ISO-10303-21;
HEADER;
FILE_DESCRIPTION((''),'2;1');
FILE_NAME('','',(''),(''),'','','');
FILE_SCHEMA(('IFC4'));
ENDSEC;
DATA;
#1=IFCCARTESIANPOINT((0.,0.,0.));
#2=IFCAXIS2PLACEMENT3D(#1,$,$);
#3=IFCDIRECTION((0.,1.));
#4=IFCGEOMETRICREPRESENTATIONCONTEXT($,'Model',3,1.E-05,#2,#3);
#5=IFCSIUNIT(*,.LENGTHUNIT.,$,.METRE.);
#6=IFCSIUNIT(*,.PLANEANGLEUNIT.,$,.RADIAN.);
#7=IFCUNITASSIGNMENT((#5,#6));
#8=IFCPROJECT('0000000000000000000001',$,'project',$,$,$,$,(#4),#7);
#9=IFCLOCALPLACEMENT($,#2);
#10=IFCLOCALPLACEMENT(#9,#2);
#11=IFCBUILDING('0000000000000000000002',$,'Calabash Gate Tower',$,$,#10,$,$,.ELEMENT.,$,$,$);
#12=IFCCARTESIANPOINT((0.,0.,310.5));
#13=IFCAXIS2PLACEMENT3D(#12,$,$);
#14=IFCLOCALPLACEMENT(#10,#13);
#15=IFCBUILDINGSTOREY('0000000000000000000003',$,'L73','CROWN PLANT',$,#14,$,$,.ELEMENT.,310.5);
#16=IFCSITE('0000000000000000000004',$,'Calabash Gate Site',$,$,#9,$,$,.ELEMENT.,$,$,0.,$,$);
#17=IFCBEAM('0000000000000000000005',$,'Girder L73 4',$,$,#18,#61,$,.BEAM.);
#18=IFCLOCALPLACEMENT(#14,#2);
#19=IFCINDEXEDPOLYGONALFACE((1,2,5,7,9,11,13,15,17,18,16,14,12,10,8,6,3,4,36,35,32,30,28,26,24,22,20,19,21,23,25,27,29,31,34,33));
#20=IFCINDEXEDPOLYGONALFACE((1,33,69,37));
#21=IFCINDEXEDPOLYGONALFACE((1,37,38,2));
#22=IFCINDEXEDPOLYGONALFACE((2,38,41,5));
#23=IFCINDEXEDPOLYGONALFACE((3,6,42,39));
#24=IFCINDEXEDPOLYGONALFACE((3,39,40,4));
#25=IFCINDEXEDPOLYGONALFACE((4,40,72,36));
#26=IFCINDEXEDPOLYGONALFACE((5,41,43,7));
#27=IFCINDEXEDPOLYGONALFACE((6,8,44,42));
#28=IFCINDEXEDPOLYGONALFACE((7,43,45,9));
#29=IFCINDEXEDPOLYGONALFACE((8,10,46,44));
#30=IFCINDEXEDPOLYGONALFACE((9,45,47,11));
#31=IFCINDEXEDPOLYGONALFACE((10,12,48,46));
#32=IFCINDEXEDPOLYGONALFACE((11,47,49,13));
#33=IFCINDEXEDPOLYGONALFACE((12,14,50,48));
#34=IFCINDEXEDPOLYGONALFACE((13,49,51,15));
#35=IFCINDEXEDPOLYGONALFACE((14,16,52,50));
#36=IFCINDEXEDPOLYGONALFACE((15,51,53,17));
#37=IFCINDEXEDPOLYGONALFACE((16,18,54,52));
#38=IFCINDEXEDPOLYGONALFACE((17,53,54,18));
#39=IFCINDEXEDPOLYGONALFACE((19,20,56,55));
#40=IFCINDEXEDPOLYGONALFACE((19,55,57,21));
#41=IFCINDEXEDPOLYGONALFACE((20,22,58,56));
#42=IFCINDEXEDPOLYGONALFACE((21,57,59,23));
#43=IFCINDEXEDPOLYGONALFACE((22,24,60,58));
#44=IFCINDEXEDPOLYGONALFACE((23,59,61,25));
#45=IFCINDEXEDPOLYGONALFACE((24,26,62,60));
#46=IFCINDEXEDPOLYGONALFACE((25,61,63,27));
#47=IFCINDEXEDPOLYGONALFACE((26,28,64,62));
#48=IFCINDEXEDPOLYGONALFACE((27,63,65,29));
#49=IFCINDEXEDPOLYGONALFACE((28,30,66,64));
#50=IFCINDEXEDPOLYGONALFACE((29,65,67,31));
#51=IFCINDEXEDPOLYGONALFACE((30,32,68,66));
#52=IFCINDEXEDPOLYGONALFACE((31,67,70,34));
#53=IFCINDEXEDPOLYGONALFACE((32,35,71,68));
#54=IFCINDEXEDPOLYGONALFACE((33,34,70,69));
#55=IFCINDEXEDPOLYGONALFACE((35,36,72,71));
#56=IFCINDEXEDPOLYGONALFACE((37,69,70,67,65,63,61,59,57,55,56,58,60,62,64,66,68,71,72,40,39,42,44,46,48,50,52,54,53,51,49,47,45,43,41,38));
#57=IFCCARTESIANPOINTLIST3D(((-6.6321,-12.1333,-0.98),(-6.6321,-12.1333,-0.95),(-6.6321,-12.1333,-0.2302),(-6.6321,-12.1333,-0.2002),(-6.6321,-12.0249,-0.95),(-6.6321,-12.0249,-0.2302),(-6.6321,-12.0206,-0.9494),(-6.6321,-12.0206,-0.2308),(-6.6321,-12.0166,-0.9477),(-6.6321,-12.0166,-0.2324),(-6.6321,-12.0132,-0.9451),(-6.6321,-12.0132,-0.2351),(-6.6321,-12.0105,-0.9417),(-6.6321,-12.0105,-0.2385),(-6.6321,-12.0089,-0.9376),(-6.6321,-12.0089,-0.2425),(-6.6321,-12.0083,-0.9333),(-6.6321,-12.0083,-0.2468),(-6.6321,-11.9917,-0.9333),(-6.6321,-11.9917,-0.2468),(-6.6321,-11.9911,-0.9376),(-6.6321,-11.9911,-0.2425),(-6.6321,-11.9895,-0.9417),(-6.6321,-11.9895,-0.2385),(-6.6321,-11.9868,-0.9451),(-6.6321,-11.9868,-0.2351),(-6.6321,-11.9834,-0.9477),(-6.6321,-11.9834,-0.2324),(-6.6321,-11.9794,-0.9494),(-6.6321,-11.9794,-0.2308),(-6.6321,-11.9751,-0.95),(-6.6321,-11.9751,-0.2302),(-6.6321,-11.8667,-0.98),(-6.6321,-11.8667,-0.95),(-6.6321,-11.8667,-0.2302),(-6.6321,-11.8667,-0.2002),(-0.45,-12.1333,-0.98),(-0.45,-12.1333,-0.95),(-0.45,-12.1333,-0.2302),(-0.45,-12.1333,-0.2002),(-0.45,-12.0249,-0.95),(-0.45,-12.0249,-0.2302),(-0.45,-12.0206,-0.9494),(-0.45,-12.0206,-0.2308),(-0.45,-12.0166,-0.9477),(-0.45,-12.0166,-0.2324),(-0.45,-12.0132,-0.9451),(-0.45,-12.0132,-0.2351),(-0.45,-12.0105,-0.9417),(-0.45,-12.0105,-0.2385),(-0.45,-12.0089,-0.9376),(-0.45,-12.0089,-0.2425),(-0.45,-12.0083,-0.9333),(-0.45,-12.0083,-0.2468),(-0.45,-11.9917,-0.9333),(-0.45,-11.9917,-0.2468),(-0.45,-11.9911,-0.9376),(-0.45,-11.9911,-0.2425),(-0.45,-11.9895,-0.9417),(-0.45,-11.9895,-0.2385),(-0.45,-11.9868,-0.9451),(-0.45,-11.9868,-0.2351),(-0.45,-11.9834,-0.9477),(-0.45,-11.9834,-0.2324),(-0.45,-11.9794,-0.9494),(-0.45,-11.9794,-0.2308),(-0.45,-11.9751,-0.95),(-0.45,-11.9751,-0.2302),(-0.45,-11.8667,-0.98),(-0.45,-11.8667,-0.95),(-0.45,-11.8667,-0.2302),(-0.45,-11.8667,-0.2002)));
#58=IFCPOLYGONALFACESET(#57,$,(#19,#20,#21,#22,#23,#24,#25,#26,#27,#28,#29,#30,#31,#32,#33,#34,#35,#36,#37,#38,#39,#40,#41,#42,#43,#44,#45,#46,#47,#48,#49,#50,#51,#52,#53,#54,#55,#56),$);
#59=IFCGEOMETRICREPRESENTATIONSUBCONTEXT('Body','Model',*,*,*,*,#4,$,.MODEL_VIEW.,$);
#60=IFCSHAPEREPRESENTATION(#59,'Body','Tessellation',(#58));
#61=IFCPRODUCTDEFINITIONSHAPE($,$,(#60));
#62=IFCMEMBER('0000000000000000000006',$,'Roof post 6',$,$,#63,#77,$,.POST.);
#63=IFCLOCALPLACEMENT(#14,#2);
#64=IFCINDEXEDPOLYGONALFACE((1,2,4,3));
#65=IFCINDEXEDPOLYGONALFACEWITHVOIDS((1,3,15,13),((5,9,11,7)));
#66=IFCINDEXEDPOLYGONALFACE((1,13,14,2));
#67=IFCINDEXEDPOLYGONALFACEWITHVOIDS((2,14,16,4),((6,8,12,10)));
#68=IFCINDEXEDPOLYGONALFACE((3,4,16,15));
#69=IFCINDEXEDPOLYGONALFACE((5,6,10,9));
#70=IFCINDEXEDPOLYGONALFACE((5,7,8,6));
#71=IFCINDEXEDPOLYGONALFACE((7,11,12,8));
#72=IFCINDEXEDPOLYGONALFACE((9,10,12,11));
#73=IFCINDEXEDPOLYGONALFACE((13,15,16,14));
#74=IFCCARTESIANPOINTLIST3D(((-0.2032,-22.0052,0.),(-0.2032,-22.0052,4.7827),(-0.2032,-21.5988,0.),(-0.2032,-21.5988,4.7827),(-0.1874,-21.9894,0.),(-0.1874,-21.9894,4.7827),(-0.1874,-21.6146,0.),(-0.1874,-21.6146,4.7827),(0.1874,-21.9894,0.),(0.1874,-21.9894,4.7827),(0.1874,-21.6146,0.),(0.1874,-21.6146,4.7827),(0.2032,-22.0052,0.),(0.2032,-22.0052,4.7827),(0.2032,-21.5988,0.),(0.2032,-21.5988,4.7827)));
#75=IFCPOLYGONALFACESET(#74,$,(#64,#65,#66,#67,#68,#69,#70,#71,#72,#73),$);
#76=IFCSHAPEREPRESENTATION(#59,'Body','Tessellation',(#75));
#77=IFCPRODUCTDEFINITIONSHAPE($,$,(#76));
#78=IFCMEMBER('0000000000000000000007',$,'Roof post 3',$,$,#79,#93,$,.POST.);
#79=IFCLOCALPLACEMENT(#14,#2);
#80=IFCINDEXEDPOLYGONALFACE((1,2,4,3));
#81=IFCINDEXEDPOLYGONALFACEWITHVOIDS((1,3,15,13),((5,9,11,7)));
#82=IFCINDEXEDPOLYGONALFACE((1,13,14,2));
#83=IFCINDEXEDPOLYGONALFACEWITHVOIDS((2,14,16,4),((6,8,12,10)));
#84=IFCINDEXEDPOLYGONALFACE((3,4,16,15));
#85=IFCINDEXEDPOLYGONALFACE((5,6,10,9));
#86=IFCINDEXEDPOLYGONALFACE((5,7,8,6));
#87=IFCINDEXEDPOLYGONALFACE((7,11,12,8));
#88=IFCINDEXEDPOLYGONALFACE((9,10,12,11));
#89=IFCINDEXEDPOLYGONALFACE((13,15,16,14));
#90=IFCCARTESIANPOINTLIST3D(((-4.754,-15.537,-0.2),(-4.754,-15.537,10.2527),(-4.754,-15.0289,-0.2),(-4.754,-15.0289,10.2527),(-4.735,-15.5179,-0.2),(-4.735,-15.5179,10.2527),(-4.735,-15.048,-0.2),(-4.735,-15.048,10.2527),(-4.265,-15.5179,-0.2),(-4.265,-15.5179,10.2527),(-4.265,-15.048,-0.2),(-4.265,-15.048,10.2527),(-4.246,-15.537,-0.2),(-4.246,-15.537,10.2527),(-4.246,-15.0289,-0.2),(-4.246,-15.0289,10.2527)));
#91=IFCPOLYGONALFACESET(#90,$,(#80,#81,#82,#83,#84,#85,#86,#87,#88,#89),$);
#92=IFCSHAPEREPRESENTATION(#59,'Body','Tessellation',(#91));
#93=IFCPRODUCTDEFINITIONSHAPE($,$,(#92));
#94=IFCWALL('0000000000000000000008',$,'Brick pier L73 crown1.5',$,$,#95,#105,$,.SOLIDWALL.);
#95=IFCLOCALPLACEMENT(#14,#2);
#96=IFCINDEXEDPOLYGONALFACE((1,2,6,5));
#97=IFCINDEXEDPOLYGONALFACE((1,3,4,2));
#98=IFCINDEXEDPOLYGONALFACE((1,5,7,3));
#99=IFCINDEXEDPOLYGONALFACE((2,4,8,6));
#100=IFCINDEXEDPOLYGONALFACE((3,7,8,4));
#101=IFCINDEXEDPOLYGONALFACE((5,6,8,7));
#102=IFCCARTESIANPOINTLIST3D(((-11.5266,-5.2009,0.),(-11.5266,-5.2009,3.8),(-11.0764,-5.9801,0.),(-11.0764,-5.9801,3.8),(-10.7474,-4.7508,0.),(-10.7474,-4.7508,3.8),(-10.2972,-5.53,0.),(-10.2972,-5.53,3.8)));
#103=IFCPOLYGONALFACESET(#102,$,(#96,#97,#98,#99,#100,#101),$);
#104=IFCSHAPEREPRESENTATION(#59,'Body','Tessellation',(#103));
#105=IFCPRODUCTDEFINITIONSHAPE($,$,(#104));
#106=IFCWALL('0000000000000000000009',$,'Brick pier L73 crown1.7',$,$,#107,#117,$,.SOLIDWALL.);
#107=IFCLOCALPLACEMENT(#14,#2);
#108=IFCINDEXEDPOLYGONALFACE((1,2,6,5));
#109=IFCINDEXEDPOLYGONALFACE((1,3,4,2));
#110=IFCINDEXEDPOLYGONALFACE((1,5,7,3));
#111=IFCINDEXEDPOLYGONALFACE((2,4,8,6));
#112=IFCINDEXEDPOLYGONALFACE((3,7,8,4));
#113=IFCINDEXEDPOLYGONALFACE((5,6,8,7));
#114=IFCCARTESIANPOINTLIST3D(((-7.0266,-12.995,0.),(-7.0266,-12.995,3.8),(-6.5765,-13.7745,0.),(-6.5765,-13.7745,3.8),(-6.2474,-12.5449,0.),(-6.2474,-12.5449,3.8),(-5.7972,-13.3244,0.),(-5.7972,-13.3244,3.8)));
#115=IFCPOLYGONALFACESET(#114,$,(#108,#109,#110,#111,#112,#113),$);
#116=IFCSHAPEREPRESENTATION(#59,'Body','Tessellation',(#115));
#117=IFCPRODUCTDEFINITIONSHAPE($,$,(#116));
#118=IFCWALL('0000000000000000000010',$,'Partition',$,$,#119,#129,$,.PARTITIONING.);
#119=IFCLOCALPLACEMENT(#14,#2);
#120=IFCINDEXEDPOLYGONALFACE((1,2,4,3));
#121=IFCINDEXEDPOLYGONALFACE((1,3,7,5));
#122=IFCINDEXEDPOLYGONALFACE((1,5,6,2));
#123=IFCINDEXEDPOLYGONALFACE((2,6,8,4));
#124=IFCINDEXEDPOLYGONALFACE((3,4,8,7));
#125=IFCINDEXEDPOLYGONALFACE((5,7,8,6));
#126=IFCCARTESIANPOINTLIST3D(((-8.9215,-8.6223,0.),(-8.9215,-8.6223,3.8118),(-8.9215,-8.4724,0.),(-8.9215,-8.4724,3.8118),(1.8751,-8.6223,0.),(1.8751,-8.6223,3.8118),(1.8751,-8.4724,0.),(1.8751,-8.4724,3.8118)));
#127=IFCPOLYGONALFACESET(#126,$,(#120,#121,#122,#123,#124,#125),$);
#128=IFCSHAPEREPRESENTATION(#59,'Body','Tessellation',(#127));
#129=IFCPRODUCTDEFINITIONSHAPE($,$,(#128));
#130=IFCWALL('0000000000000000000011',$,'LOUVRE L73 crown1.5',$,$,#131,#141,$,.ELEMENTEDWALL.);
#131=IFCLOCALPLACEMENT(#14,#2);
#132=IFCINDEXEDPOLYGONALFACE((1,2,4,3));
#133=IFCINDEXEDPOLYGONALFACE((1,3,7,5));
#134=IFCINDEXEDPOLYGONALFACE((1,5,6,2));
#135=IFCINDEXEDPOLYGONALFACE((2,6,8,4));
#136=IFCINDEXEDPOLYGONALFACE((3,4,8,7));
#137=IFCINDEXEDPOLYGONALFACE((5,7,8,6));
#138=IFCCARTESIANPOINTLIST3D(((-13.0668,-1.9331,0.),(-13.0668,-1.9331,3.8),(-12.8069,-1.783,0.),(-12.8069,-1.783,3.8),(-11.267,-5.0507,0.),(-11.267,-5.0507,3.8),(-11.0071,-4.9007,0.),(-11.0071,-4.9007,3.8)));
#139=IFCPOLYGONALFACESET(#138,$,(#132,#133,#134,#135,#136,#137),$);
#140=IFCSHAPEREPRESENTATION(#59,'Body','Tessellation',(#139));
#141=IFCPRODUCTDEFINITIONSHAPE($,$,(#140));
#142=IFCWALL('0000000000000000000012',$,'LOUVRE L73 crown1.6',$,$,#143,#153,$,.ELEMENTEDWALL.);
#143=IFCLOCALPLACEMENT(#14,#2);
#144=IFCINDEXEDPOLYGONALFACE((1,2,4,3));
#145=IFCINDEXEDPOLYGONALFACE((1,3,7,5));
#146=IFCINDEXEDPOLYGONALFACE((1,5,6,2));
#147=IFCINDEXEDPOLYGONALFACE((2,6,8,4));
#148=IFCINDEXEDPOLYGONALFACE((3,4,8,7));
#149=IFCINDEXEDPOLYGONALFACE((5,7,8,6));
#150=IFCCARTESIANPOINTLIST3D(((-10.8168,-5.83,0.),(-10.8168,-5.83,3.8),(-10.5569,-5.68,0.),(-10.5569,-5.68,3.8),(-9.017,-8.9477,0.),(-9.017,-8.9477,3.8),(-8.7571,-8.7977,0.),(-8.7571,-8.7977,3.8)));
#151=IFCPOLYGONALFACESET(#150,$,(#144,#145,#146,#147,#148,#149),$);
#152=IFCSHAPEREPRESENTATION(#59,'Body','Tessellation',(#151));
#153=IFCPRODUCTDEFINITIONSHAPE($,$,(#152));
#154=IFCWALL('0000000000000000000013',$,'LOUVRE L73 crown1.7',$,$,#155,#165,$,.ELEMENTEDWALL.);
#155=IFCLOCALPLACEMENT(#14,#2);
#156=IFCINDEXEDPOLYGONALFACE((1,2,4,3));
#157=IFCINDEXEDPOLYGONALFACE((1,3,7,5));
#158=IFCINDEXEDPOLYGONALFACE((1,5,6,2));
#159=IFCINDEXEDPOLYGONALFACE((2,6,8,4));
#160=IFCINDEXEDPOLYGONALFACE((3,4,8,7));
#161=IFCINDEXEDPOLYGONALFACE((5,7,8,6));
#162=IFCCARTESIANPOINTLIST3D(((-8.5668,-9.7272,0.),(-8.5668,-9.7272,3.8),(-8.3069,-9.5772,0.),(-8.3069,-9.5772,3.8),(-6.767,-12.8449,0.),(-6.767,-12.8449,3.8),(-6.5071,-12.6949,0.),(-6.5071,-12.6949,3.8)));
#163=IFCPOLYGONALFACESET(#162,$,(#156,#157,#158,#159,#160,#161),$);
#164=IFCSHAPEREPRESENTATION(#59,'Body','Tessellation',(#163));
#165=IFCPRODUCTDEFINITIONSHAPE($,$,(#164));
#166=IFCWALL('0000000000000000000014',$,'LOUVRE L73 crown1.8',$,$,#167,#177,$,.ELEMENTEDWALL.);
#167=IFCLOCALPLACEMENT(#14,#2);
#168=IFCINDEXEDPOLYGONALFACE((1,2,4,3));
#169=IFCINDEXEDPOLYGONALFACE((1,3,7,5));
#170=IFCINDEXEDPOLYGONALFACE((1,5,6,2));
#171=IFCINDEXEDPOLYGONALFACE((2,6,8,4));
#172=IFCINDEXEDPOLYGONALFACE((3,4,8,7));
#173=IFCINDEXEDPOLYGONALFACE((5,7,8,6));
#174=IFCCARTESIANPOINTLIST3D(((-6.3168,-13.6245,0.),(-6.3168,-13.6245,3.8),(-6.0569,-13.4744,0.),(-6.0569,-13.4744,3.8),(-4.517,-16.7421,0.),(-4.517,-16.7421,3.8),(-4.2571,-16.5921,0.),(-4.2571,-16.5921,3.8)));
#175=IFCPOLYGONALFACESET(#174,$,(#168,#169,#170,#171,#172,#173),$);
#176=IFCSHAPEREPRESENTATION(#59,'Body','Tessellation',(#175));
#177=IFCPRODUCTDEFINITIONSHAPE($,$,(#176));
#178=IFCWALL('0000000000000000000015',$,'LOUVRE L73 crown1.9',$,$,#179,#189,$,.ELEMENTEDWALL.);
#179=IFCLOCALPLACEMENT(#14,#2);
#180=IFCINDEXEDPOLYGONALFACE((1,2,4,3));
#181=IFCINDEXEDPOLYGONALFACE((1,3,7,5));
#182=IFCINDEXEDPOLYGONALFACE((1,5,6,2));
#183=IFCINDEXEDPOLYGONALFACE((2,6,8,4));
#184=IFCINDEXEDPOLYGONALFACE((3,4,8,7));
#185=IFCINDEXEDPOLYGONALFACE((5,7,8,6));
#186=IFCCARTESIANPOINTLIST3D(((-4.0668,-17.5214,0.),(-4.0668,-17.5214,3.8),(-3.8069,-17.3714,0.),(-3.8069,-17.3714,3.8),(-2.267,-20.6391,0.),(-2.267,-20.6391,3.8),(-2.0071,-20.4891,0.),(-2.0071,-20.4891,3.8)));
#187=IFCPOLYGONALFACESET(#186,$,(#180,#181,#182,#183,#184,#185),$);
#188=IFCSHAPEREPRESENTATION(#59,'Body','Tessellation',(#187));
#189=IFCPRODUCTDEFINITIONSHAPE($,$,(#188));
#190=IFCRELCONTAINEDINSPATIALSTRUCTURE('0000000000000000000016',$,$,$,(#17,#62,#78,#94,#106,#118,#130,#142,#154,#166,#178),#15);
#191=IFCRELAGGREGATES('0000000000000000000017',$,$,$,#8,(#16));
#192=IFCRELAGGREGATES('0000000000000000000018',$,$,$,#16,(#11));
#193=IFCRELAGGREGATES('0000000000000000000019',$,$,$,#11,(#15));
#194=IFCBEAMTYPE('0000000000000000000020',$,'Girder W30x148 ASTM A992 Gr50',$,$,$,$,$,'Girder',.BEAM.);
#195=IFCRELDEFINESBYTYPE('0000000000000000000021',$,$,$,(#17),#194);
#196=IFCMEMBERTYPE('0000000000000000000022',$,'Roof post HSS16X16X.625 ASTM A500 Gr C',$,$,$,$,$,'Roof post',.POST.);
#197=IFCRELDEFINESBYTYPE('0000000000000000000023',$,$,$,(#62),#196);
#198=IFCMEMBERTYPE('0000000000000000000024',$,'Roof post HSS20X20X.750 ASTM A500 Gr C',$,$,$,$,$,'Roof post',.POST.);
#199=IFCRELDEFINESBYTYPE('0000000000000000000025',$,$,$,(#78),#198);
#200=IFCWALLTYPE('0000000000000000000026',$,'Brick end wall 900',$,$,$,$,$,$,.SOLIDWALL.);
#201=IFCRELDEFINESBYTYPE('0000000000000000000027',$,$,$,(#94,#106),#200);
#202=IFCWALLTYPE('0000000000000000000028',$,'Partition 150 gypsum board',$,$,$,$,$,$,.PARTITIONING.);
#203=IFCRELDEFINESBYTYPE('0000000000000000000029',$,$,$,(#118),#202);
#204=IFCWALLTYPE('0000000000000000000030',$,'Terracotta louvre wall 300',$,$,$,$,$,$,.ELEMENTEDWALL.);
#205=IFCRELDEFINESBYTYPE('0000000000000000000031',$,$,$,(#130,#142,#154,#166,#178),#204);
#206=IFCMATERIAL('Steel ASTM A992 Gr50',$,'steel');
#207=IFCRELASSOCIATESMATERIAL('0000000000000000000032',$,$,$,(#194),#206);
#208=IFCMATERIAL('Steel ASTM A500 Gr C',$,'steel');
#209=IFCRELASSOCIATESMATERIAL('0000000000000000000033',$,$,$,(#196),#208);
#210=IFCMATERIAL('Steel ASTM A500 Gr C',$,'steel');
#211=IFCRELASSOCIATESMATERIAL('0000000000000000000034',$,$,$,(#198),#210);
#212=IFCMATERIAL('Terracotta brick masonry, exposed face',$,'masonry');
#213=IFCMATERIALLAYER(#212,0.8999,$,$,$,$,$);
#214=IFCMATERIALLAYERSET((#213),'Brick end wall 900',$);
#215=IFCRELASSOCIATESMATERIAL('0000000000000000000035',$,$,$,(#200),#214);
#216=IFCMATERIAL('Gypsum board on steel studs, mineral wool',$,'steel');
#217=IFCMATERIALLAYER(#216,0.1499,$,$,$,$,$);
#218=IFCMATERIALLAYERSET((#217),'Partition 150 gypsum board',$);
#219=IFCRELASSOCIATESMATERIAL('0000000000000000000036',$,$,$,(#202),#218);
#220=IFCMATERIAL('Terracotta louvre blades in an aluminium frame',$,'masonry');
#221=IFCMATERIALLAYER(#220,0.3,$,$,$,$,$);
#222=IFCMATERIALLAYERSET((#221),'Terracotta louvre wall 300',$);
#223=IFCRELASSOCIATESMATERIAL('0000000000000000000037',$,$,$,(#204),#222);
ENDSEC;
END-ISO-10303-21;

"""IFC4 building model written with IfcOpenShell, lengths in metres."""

from ifc_helpers import new_model, si_unit, direction, frame, frame_2d, origin, origin_2d, place, context, subcontext, project, spatial, rectangle, hollow_rectangle, i_section, extrude, material, layer, layer_set, material_profile, profile_set, type_object, element, save


model = new_model("IFC4")

# Units and contexts
model_context = context("Model", 3, precision=1e-05, world=origin(), true_north=direction((0.0, 1.0)))
body_context = subcontext(model_context, "Body", "Model", "MODEL_VIEW")
ifc_project = project(units=[si_unit("LENGTHUNIT", "METRE"), si_unit("PLANEANGLEUNIT", "RADIAN")], contexts=[model_context])

# Site, building, storey
site_placement = place(None, origin())
site = spatial("IfcSite", under=ifc_project, at=site_placement, Name="Calabash Gate Site", CompositionType="ELEMENT", RefElevation=0.0)
building_placement = place(site_placement, origin())
building = spatial("IfcBuilding", under=site, at=building_placement, Name="Calabash Gate Tower", CompositionType="ELEMENT")
storey_placement = place(building_placement, frame((0.0, 0.0, 310.5)))
storey = spatial("IfcBuildingStorey", under=building, at=storey_placement, Name="L73", Description="CROWN PLANT", CompositionType="ELEMENT", Elevation=310.5)

# Beam
ifc_material_1 = material(Name="Steel ASTM A992 Gr50", Category="steel")
ifc_material_profile_1 = material_profile(ifc_material_1, i_section(OverallWidth=0.2666, OverallDepth=0.7798, WebThickness=0.0166, FlangeThickness=0.03, FilletRadius=0.0166, at=origin_2d()))
ifc_profile_set_1 = profile_set([ifc_material_profile_1], Name="Steel ASTM A992 Gr50")
beam_type_1 = type_object("IfcBeamType", Name="Girder W30x148 ASTM A992 Gr50", ElementType="Girder", PredefinedType="BEAM", material=ifc_profile_set_1)
beam_1_placement = place(storey_placement, frame((-6.6321, -12.0, -0.5901), z_axis=(1.0, 0.0, 0.0), x_axis=(0.0, 1.0, 0.0)))
element("IfcBeam", 1, at=beam_1_placement, inside=storey, type_object=beam_type_1, Name="Girder L73 4", PredefinedType="BEAM", context=body_context, shape_type="SweptSolid", body=[
    extrude(i_section(OverallWidth=0.2666, OverallDepth=0.7798, WebThickness=0.0166, FlangeThickness=0.03, FilletRadius=0.0166, at=origin_2d()), origin(), (0.0, 0.0, 1.0), 6.1821),
])

# Members
ifc_material_2 = material(Name="Steel ASTM A500 Gr C", Category="steel")
ifc_material_profile_2 = material_profile(ifc_material_2, hollow_rectangle(XDim=0.4065, YDim=0.4065, WallThickness=0.0159, at=origin_2d()))
ifc_profile_set_2 = profile_set([ifc_material_profile_2], Name="Steel ASTM A500 Gr C")
member_type_1 = type_object("IfcMemberType", Name="Roof post HSS16X16X.625 ASTM A500 Gr C", ElementType="Roof post", PredefinedType="POST", material=ifc_profile_set_2)
member_1_placement = place(storey_placement, frame((0.0, -21.802, 0.0), z_axis=(0.0, 0.0, 1.0), x_axis=(1.0, 0.0, 0.0)))
element("IfcMember", 2, at=member_1_placement, inside=storey, type_object=member_type_1, Name="Roof post 6", PredefinedType="POST", context=body_context, shape_type="SweptSolid", body=[
    extrude(hollow_rectangle(XDim=0.4065, YDim=0.4065, WallThickness=0.0159, at=origin_2d()), origin(), (0.0, 0.0, 1.0), 4.7827),
])
ifc_material_3 = material(Name="Steel ASTM A500 Gr C", Category="steel")
ifc_material_profile_3 = material_profile(ifc_material_3, hollow_rectangle(XDim=0.5081, YDim=0.5081, WallThickness=0.019, at=origin_2d()))
ifc_profile_set_3 = profile_set([ifc_material_profile_3], Name="Steel ASTM A500 Gr C")
member_type_2 = type_object("IfcMemberType", Name="Roof post HSS20X20X.750 ASTM A500 Gr C", ElementType="Roof post", PredefinedType="POST", material=ifc_profile_set_3)
member_2_placement = place(storey_placement, frame((-4.5, -15.283, -0.2), z_axis=(0.0, 0.0, 1.0), x_axis=(1.0, 0.0, 0.0)))
element("IfcMember", 3, at=member_2_placement, inside=storey, type_object=member_type_2, Name="Roof post 3", PredefinedType="POST", context=body_context, shape_type="SweptSolid", body=[
    extrude(hollow_rectangle(XDim=0.5081, YDim=0.5081, WallThickness=0.019, at=origin_2d()), origin(), (0.0, 0.0, 1.0), 10.4526),
])

# Walls
ifc_material_4 = material(Name="Terracotta brick masonry, exposed face", Category="masonry")
ifc_layer_1 = layer(ifc_material_4, 0.8999)
ifc_layer_set_1 = layer_set([ifc_layer_1], Name="Brick end wall 900")
wall_type_1 = type_object("IfcWallType", Name="Brick end wall 900", PredefinedType="SOLIDWALL", material=ifc_layer_set_1)
wall_1_placement = place(storey_placement, frame((-11.137, -4.9758, 0.0), z_axis=(0.0, 0.0, 1.0), x_axis=(0.500223, -0.865896, 0.0)))
element("IfcWall", 4, at=wall_1_placement, inside=storey, type_object=wall_type_1, Name="Brick pier L73 crown1.5", PredefinedType="SOLIDWALL", context=body_context, shape_type="SweptSolid", body=[
    extrude(rectangle(XDim=0.8999, YDim=0.8999, at=frame_2d((0.45, 0.0))), origin(), (0.0, 0.0, 1.0), 3.8),
])
wall_2_placement = place(storey_placement, frame((-6.1868, -13.5496, 0.0), z_axis=(0.0, 0.0, 1.0), x_axis=(-0.500106, 0.865964, 0.0)))
element("IfcWall", 5, at=wall_2_placement, inside=storey, type_object=wall_type_1, Name="Brick pier L73 crown1.7", PredefinedType="SOLIDWALL", context=body_context, shape_type="SweptSolid", body=[
    extrude(rectangle(XDim=0.9001, YDim=0.8999, at=frame_2d((0.4502, 0.0))), origin(), (0.0, 0.0, 1.0), 3.8),
])
ifc_material_5 = material(Name="Gypsum board on steel studs, mineral wool", Category="steel")
ifc_layer_2 = layer(ifc_material_5, 0.1499)
ifc_layer_set_2 = layer_set([ifc_layer_2], Name="Partition 150 gypsum board")
wall_type_2 = type_object("IfcWallType", Name="Partition 150 gypsum board", PredefinedType="PARTITIONING", material=ifc_layer_set_2)
wall_3_placement = place(storey_placement, frame((-8.9216, -8.5474, 0.0), z_axis=(0.0, 0.0, 1.0), x_axis=(1.0, 0.0, 0.0)))
element("IfcWall", 6, at=wall_3_placement, inside=storey, type_object=wall_type_2, Name="Partition", PredefinedType="PARTITIONING", context=body_context, shape_type="SweptSolid", body=[
    extrude(rectangle(XDim=10.7966, YDim=0.1499, at=frame_2d((5.3984, 0.0))), origin(), (0.0, 0.0, 1.0), 3.8118),
])
ifc_material_6 = material(Name="Terracotta louvre blades in an aluminium frame", Category="masonry")
ifc_layer_3 = layer(ifc_material_6, 0.3)
ifc_layer_set_3 = layer_set([ifc_layer_3], Name="Terracotta louvre wall 300")
wall_type_3 = type_object("IfcWallType", Name="Terracotta louvre wall 300", PredefinedType="ELEMENTEDWALL", material=ifc_layer_set_3)
for number, where, z_axis, x_axis, name in (
    (7, (-12.9368, -1.8582, 0.0), (0.0, 0.0, 1.0), (0.499961, -0.866048, 0.0), "LOUVRE L73 crown1.5"),
    (8, (-10.6868, -5.7551, 0.0), (0.0, 0.0, 1.0), (0.499961, -0.866048, 0.0), "LOUVRE L73 crown1.6"),
    (9, (-8.4368, -9.6523, 0.0), (0.0, 0.0, 1.0), (0.499961, -0.866048, 0.0), "LOUVRE L73 crown1.7"),
    (10, (-6.1868, -13.5496, 0.0), (0.0, 0.0, 1.0), (0.499961, -0.866048, 0.0), "LOUVRE L73 crown1.8"),
    (11, (-3.9368, -17.4465, 0.0), (0.0, 0.0, 1.0), (0.499961, -0.866048, 0.0), "LOUVRE L73 crown1.9"),
):
    element("IfcWall", number, at=place(storey_placement, frame(where, z_axis=z_axis, x_axis=x_axis)), inside=storey, type_object=wall_type_3, Name=name, PredefinedType="ELEMENTEDWALL", context=body_context, shape_type="SweptSolid", body=[
        extrude(rectangle(XDim=3.5999, YDim=0.3, at=frame_2d((1.7998, 0.0))), origin(), (0.0, 0.0, 1.0), 3.8),
    ])

save(model, "model.ifc")
